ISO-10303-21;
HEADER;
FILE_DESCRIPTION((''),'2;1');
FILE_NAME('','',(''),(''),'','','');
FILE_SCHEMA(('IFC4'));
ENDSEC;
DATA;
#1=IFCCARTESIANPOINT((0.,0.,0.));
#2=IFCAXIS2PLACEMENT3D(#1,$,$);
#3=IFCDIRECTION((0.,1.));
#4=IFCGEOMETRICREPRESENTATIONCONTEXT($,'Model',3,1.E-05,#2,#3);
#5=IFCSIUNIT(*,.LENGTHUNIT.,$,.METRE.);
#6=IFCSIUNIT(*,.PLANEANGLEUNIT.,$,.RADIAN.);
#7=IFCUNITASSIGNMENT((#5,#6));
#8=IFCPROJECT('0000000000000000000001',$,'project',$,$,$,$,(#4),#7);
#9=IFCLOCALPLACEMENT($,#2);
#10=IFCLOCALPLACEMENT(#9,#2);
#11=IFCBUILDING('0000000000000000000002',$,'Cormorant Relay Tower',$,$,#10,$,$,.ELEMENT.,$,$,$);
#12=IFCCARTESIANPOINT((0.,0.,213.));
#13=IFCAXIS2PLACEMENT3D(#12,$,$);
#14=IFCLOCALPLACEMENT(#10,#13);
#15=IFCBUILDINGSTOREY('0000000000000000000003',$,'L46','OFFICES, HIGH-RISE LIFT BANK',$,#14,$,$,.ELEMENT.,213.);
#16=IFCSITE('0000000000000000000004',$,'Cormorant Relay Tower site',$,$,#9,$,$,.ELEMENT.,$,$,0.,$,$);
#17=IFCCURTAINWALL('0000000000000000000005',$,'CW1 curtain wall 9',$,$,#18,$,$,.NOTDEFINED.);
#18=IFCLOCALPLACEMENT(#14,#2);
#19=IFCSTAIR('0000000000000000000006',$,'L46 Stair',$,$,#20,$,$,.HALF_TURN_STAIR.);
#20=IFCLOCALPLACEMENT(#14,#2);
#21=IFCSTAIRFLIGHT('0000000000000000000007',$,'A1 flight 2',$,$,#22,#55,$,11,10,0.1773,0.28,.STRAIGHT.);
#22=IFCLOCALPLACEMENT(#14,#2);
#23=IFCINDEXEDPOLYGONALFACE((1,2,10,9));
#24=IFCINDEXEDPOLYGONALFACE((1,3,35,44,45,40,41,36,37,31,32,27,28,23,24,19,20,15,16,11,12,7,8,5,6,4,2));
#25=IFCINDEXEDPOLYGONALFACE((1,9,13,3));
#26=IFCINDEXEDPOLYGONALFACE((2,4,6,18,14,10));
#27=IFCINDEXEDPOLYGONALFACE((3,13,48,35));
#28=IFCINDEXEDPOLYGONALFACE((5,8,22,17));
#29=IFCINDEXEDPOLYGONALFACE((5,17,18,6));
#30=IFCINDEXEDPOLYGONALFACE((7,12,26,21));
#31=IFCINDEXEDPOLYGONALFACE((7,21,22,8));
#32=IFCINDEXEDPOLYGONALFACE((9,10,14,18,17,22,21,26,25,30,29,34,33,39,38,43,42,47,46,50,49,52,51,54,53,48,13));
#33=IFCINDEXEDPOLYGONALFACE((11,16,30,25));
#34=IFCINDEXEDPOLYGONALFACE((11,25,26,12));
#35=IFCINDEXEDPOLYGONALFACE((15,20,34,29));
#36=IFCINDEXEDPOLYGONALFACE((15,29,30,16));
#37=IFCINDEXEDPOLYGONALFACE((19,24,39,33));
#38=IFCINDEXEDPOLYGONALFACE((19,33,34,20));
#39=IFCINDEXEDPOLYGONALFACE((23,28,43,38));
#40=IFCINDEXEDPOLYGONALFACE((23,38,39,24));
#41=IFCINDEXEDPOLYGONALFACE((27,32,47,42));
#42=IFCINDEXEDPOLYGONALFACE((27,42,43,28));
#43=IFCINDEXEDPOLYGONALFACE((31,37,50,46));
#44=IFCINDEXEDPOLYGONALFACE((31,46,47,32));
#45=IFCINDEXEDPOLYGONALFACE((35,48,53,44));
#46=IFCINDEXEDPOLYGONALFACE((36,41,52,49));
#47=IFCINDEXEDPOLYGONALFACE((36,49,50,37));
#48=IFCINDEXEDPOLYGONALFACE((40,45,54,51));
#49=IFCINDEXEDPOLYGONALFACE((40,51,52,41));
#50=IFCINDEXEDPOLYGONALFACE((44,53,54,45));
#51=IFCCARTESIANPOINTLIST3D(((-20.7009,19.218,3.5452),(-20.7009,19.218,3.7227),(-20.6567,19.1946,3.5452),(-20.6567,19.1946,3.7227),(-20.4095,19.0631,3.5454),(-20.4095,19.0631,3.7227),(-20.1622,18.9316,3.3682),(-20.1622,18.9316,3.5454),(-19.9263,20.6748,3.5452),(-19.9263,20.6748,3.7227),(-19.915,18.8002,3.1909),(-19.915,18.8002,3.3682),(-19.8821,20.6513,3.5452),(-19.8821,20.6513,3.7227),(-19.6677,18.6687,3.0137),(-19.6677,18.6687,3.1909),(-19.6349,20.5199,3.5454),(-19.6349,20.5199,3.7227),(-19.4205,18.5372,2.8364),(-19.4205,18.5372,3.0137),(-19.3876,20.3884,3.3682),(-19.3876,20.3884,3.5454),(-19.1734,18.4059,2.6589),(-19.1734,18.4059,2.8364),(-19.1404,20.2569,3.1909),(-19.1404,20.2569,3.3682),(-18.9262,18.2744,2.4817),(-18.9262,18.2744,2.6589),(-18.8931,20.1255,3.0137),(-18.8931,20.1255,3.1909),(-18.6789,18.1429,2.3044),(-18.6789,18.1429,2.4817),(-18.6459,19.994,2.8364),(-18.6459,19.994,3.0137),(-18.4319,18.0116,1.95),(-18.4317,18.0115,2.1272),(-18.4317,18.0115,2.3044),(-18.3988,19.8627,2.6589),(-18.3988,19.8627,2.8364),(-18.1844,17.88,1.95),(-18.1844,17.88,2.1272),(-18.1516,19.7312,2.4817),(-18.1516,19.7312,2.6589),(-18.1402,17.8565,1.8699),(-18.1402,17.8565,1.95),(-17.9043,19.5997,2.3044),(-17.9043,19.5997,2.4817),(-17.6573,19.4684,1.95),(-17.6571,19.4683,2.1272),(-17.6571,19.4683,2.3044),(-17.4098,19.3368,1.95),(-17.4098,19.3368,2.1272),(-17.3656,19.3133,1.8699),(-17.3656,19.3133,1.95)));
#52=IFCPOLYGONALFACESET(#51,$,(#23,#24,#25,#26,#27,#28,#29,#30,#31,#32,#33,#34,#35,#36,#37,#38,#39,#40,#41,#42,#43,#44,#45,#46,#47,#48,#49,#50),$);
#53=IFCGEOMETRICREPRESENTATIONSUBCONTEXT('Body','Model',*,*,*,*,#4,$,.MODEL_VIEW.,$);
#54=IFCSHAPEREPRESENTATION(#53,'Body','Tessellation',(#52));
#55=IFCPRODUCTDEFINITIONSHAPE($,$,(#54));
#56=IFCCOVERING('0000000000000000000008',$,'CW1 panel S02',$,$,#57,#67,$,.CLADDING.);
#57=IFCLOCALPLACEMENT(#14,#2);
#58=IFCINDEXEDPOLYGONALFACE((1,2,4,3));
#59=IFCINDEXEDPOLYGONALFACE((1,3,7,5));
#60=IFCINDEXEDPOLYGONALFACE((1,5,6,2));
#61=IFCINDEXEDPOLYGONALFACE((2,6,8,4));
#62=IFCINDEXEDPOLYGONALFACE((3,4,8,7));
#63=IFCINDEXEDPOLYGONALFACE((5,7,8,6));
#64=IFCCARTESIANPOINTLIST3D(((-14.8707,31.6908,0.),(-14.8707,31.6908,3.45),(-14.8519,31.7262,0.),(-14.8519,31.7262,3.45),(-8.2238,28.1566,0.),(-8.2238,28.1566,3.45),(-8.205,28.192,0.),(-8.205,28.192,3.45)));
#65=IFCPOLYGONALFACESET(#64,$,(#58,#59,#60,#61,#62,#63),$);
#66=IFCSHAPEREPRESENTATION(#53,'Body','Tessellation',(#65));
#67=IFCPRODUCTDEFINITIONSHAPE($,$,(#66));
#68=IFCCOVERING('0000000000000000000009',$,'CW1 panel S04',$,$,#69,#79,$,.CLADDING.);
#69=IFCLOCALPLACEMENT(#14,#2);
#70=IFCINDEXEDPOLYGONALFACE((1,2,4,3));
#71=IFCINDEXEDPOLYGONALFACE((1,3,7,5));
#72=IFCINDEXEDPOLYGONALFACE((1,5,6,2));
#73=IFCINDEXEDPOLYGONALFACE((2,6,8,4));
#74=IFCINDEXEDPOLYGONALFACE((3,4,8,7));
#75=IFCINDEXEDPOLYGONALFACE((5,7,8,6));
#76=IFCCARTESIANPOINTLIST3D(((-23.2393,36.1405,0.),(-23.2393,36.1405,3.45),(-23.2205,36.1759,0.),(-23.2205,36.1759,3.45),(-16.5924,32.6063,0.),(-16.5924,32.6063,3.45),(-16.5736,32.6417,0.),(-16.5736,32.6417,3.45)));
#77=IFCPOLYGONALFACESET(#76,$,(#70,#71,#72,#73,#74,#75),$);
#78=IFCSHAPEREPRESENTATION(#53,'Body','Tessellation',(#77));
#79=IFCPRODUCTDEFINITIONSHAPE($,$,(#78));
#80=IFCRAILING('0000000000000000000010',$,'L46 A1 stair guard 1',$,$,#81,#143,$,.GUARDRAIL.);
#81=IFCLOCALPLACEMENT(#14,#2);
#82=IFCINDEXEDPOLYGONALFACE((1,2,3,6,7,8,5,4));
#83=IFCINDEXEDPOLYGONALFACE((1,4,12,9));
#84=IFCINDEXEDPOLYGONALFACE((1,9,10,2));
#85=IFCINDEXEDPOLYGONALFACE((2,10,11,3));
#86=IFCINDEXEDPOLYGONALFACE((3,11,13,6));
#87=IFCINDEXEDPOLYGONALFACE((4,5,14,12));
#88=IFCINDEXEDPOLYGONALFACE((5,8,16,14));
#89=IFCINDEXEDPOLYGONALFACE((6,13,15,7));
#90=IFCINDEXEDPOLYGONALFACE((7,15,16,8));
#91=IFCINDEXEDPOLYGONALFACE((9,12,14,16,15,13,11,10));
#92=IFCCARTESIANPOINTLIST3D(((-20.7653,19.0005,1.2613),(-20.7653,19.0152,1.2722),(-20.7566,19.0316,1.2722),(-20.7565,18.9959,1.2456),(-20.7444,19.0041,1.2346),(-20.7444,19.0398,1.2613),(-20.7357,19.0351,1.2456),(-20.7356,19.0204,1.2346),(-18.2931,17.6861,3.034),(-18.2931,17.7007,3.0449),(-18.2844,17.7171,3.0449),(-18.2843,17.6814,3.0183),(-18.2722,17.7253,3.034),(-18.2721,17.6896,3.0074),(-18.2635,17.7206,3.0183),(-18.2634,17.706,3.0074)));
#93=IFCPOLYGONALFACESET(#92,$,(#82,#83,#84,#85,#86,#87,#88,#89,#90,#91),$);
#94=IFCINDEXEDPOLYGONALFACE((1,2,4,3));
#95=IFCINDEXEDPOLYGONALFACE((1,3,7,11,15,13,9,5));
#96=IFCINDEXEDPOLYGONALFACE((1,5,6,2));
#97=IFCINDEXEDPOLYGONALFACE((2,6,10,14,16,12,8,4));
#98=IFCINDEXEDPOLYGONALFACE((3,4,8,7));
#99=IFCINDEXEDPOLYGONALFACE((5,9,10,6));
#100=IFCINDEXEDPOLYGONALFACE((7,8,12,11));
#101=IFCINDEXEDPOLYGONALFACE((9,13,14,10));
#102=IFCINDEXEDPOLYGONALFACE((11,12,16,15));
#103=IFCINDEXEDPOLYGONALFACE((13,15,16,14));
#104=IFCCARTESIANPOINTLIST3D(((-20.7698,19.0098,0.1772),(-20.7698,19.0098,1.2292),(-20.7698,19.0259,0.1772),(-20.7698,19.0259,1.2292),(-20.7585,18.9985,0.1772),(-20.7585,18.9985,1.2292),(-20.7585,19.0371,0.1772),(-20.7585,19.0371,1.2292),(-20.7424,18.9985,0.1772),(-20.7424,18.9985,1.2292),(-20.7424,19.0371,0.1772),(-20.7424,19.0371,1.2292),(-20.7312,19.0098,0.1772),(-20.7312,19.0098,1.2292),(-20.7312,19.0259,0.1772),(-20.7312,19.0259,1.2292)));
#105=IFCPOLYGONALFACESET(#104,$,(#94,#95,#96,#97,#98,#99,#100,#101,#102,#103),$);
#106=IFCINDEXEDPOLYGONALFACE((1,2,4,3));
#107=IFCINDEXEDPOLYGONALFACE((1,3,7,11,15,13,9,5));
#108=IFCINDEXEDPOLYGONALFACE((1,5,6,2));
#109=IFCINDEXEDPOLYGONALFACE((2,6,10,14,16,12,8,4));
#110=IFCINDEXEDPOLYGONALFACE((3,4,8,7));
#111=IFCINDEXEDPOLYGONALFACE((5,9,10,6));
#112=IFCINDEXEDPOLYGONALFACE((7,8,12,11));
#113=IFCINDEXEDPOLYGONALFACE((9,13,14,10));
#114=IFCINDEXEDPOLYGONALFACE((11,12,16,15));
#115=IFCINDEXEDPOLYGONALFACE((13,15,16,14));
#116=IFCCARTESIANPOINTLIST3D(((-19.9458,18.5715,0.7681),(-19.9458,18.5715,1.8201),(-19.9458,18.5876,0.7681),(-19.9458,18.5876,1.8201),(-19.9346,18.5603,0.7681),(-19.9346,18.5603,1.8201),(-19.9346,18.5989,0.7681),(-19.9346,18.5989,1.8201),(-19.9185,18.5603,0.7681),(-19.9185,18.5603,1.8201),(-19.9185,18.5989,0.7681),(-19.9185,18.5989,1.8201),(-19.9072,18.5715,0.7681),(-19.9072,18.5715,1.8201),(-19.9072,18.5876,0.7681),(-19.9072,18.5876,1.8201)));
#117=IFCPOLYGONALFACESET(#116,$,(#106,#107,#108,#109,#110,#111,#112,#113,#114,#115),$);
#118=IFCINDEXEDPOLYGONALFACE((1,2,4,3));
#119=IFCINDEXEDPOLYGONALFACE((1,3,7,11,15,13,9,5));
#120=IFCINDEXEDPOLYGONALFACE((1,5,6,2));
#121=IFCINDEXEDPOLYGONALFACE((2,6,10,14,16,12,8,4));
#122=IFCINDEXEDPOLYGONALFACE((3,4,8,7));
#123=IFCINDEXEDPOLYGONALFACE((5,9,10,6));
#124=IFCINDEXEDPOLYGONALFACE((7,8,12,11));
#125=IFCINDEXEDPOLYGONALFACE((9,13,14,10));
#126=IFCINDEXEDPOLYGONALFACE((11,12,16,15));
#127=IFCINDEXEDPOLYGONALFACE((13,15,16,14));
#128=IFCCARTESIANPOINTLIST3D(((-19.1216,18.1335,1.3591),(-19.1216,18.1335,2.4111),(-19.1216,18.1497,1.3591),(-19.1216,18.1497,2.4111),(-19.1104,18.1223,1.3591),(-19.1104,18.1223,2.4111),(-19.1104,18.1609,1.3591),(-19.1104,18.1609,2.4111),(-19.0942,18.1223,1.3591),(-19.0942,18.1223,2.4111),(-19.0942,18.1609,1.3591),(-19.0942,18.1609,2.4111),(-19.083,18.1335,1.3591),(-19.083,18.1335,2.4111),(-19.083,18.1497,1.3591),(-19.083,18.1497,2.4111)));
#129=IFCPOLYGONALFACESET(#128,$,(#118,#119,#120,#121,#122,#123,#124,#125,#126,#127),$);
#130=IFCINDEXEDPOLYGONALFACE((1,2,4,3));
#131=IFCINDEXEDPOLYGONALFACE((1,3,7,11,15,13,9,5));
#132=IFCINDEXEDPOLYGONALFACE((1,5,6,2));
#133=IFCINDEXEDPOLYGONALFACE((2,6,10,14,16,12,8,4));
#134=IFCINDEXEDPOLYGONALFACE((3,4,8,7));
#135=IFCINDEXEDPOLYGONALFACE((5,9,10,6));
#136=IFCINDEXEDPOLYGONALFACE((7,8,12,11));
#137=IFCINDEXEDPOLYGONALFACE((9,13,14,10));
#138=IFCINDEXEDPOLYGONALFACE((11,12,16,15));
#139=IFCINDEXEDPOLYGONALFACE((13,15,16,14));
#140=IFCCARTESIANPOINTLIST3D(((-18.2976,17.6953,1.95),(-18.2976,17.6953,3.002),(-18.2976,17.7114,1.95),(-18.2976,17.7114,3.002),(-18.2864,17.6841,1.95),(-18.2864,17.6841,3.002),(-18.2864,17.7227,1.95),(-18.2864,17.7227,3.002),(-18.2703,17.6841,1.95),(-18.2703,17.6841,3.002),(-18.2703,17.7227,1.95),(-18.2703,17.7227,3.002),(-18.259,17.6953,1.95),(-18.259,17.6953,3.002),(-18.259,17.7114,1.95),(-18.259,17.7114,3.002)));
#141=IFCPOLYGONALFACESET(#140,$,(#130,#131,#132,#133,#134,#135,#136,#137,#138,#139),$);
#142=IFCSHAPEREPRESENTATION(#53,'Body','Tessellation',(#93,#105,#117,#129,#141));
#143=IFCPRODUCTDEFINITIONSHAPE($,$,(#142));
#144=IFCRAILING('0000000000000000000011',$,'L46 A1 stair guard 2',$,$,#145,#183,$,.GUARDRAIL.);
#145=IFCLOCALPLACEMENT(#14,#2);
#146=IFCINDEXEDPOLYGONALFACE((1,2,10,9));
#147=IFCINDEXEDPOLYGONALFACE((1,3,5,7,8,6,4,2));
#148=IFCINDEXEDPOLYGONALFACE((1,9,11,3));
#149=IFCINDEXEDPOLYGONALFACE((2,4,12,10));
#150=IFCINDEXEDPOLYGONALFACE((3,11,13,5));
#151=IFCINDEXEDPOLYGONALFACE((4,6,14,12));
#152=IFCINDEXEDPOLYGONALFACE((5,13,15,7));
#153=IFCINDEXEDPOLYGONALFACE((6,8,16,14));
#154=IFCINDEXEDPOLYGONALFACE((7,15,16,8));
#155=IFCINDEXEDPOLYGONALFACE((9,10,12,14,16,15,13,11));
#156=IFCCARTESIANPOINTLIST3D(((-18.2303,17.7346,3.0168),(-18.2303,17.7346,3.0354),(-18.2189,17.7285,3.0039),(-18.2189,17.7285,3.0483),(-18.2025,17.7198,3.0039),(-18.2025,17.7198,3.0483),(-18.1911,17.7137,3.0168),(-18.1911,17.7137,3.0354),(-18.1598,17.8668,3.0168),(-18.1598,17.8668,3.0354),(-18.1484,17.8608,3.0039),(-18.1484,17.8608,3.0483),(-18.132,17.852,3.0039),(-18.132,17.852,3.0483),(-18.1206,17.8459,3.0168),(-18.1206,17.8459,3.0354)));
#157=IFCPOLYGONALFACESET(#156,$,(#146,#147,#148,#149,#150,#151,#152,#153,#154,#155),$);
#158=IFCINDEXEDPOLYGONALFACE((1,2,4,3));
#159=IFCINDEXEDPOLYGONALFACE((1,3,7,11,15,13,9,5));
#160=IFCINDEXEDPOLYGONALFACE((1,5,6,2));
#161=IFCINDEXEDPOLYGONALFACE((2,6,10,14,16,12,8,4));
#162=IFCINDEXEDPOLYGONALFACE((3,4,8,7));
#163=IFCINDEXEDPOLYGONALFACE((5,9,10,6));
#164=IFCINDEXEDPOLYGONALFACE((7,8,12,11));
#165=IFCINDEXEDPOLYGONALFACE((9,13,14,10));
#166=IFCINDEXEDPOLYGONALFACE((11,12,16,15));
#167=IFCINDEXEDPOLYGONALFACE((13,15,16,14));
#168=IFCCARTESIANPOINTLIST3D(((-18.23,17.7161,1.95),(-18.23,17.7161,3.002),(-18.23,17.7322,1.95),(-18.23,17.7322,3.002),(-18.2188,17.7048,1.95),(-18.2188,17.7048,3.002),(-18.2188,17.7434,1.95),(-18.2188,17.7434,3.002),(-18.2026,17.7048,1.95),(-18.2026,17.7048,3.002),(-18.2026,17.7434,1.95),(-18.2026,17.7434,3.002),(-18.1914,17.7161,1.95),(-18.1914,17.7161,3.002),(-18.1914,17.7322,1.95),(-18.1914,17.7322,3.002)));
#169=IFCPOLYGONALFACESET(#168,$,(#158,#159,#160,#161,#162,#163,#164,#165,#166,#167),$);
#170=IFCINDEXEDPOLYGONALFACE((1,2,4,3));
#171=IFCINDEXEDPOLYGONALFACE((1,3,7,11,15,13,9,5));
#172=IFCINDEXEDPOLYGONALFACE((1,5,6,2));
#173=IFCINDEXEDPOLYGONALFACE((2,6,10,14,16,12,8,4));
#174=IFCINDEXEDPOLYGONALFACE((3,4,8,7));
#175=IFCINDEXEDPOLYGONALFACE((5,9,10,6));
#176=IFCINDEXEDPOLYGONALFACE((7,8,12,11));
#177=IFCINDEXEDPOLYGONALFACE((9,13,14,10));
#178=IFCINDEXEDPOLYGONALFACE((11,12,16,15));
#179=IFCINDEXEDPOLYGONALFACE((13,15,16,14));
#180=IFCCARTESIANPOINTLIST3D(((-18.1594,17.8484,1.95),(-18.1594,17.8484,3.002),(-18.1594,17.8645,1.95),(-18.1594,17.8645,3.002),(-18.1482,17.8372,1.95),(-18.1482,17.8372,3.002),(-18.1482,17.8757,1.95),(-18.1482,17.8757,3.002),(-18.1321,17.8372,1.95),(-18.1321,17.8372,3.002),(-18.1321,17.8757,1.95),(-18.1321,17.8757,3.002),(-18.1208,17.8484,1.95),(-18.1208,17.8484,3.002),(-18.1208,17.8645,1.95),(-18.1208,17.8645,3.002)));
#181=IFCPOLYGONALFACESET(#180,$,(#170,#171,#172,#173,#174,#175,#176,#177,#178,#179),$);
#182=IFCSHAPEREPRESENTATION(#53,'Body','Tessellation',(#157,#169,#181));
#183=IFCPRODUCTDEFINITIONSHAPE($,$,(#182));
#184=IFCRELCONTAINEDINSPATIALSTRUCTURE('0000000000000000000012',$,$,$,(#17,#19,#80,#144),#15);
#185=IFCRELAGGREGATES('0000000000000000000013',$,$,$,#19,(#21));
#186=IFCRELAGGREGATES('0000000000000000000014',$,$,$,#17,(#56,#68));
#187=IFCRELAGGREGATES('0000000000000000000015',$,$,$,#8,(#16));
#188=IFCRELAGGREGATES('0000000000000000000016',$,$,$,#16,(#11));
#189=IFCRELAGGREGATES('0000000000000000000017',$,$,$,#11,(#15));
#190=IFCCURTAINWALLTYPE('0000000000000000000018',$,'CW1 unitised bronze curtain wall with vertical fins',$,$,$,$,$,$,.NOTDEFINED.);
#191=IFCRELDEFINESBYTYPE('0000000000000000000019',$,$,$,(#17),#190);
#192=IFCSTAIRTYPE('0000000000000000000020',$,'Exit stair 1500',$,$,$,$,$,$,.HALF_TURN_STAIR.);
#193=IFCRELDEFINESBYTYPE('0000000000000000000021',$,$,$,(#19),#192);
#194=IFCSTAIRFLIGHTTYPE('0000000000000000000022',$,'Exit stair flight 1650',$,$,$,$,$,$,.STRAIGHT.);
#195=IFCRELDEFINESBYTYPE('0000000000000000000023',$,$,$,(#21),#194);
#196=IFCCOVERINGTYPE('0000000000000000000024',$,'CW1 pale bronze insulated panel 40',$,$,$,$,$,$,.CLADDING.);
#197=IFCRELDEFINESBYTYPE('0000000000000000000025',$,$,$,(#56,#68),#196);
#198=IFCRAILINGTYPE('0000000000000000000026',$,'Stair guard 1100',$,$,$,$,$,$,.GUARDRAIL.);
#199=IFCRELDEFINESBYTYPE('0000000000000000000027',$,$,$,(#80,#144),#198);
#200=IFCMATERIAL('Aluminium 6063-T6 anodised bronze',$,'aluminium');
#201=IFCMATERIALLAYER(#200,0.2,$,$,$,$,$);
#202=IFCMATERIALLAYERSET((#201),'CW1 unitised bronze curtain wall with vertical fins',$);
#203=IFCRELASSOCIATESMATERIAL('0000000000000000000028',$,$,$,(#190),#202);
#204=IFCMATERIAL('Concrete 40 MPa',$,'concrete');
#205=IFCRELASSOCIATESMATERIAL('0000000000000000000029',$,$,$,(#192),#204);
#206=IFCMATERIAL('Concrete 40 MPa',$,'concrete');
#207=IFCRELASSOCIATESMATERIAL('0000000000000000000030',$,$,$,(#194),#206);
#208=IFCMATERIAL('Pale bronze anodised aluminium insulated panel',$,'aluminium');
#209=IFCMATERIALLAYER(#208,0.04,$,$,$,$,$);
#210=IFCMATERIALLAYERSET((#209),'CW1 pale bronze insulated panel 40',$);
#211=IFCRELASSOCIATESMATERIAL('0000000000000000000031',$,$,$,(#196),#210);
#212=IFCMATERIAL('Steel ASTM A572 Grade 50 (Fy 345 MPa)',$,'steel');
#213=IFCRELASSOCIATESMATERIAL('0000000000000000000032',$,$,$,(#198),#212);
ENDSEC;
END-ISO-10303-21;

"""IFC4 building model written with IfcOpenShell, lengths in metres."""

from ifc_helpers import new_model, si_unit, direction, frame, origin, origin_2d, place, context, subcontext, project, spatial, polyline, rectangle, outline, extrude, material, layer, layer_set, type_object, element, aggregate, save


model = new_model("IFC4")

# Units and contexts
model_context = context("Model", 3, precision=1e-05, world=origin(), true_north=direction((0.0, 1.0)))
body_context = subcontext(model_context, "Body", "Model", "MODEL_VIEW")
ifc_project = project(units=[si_unit("LENGTHUNIT", "METRE"), si_unit("PLANEANGLEUNIT", "RADIAN")], contexts=[model_context])

# Site, building, storey
site_placement = place(None, origin())
site = spatial("IfcSite", under=ifc_project, at=site_placement, Name="Cormorant Relay Tower site", CompositionType="ELEMENT", RefElevation=0.0)
building_placement = place(site_placement, origin())
building = spatial("IfcBuilding", under=site, at=building_placement, Name="Cormorant Relay Tower", CompositionType="ELEMENT")
storey_placement = place(building_placement, frame((0.0, 0.0, 213.0)))
storey = spatial("IfcBuildingStorey", under=building, at=storey_placement, Name="L46", Description="OFFICES, HIGH-RISE LIFT BANK", CompositionType="ELEMENT", Elevation=213.0)

# Curtain wall
ifc_material_1 = material(Name="Aluminium 6063-T6 anodised bronze", Category="aluminium")
ifc_layer_1 = layer(ifc_material_1, 0.2)
ifc_layer_set_1 = layer_set([ifc_layer_1], Name="CW1 unitised bronze curtain wall with vertical fins")
curtain_wall_type = type_object("IfcCurtainWallType", Name="CW1 unitised bronze curtain wall with vertical fins", PredefinedType="NOTDEFINED", material=ifc_layer_set_1)
curtain_wall_placement = place(storey_placement, origin())
curtain_wall = element("IfcCurtainWall", 1, at=curtain_wall_placement, inside=storey, type_object=curtain_wall_type, Name="CW1 curtain wall 9", PredefinedType="NOTDEFINED")

# Stair, stair flight
ifc_material_2 = material(Name="Concrete 40 MPa", Category="concrete")
stair_type = type_object("IfcStairType", Name="Exit stair 1500", PredefinedType="HALF_TURN_STAIR", material=ifc_material_2)
stair_placement = place(storey_placement, origin())
stair = element("IfcStair", 2, at=stair_placement, inside=storey, type_object=stair_type, Name="L46 Stair", PredefinedType="HALF_TURN_STAIR")
ifc_material_3 = material(Name="Concrete 40 MPa", Category="concrete")
stair_flight_type = type_object("IfcStairFlightType", Name="Exit stair flight 1650", PredefinedType="STRAIGHT", material=ifc_material_3)
stair_flight_1_placement = place(storey_placement, frame((-17.7971, 18.6084, 1.95), z_axis=(0.0, 0.0, 1.0), x_axis=(-0.882948, 0.469472, 0.0)))
stair_flight_1 = element("IfcStairFlight", 3, at=stair_flight_1_placement, type_object=stair_flight_type, Name="A1 flight 2", NumberOfRisers=11, NumberOfTreads=10, PredefinedType="STRAIGHT", RiserHeight=0.1773, TreadLength=0.28, context=body_context, shape_type="SweptSolid", body=[
    extrude(outline(polyline([(-0.05, -0.0801), (-0.05, 0.0), (0.0, 0.0), (0.0, 0.1772), (0.28, 0.1772), (0.28, 0.3545), (0.5601, 0.3545), (0.5601, 0.5317), (0.8401, 0.5317), (0.8401, 0.709), (1.1201, 0.709), (1.1201, 0.8865), (1.3999, 0.8865), (1.3999, 1.0637), (1.6799, 1.0637), (1.6799, 1.241), (1.96, 1.241), (1.96, 1.4182), (2.24, 1.4182), (2.24, 1.5955), (2.52, 1.5955), (2.52, 1.7727), (2.8, 1.7727), (2.8501, 1.7727), (2.8501, 1.5952), (2.8, 1.5952), (0.2803, 0.0), (-0.05, -0.0801)])), frame((0.0, 0.825, 0.0), z_axis=(0.0, -1.0, 0.0), x_axis=(1.0, 0.0, 0.0)), (0.0, 0.0, 1.0), 1.6499),
])
aggregate(stair, [stair_flight_1])

# Coverings
ifc_material_4 = material(Name="Pale bronze anodised aluminium insulated panel", Category="aluminium")
ifc_layer_2 = layer(ifc_material_4, 0.04)
ifc_layer_set_2 = layer_set([ifc_layer_2], Name="CW1 pale bronze insulated panel 40")
covering_type = type_object("IfcCoveringType", Name="CW1 pale bronze insulated panel 40", PredefinedType="CLADDING", material=ifc_layer_set_2)
covering_1_placement = place(storey_placement, frame((-11.5378, 29.9414, 0.0), z_axis=(0.0, 0.0, 1.0), x_axis=(-0.882948, 0.469472, 0.0)))
covering_1 = element("IfcCovering", 4, at=covering_1_placement, type_object=covering_type, Name="CW1 panel S02", PredefinedType="CLADDING", context=body_context, shape_type="SweptSolid", body=[
    extrude(rectangle(XDim=7.5281, YDim=0.04, at=origin_2d()), origin(), (0.0, 0.0, 1.0), 3.45),
])
covering_2_placement = place(storey_placement, frame((-19.9065, 34.3911, 0.0), z_axis=(0.0, 0.0, 1.0), x_axis=(-0.882948, 0.469472, 0.0)))
covering_2 = element("IfcCovering", 5, at=covering_2_placement, type_object=covering_type, Name="CW1 panel S04", PredefinedType="CLADDING", context=body_context, shape_type="SweptSolid", body=[
    extrude(rectangle(XDim=7.5281, YDim=0.04, at=origin_2d()), origin(), (0.0, 0.0, 1.0), 3.45),
])
aggregate(curtain_wall, [covering_1, covering_2])

# Railings
ifc_material_5 = material(Name="Steel ASTM A572 Grade 50 (Fy 345 MPa)", Category="steel")
railing_type_1 = type_object("IfcRailingType", Name="Stair guard 1100", PredefinedType="GUARDRAIL", material=ifc_material_5)
railing_1_placement = place(storey_placement, frame((-20.7505, 19.0178, 0.1772)))
element("IfcRailing", 6, at=railing_1_placement, inside=storey, type_object=railing_type_1, Name="L46 A1 stair guard 1", PredefinedType="GUARDRAIL", context=body_context, shape_type="SweptSolid", body=[
    extrude(outline(polyline([(0.0222, 0.0093), (0.0093, 0.0222), (-0.0093, 0.0222), (-0.0222, 0.0093), (-0.0222, -0.0093), (-0.0093, -0.0222), (0.0093, -0.0222), (0.0222, -0.0093), (0.0222, 0.0093)])), frame((0.0, 0.0, 1.0762), z_axis=(0.746001, -0.396649, 0.534931), x_axis=(0.469465, 0.882951, 0.0)), (0.0, 0.0, 1.0), 3.314),
    extrude(outline(polyline([(0.0193, 0.0081), (0.0081, 0.0193), (-0.0081, 0.0193), (-0.0193, 0.0081), (-0.0193, -0.0081), (-0.0081, -0.0193), (0.0081, -0.0193), (0.0193, -0.0081), (0.0193, 0.0081)])), origin(), (0.0, 0.0, 1.0), 1.052),
    extrude(outline(polyline([(0.0193, 0.0081), (0.0081, 0.0193), (-0.0081, 0.0193), (-0.0193, 0.0081), (-0.0193, -0.0081), (-0.0081, -0.0193), (0.0081, -0.0193), (0.0193, -0.0081), (0.0193, 0.0081)])), frame((0.824, -0.4382, 0.5908)), (0.0, 0.0, 1.0), 1.052),
    extrude(outline(polyline([(0.0193, 0.0081), (0.0081, 0.0193), (-0.0081, 0.0193), (-0.0193, 0.0081), (-0.0193, -0.0081), (-0.0081, -0.0193), (0.0081, -0.0193), (0.0193, -0.0081), (0.0193, 0.0081)])), frame((1.6482, -0.8762, 1.1819)), (0.0, 0.0, 1.0), 1.052),
    extrude(outline(polyline([(0.0193, 0.0081), (0.0081, 0.0193), (-0.0081, 0.0193), (-0.0193, 0.0081), (-0.0193, -0.0081), (-0.0081, -0.0193), (0.0081, -0.0193), (0.0193, -0.0081), (0.0193, 0.0081)])), frame((2.4722, -1.3145, 1.7727)), (0.0, 0.0, 1.0), 1.052),
])
railing_2_placement = place(storey_placement, frame((-18.2107, 17.7241, 1.95)))
element("IfcRailing", 7, at=railing_2_placement, inside=storey, type_object=railing_type_1, Name="L46 A1 stair guard 2", PredefinedType="GUARDRAIL", context=body_context, shape_type="SweptSolid", body=[
    extrude(outline(polyline([(0.0222, 0.0093), (0.0093, 0.0222), (-0.0093, 0.0222), (-0.0222, 0.0093), (-0.0222, -0.0093), (-0.0093, -0.0222), (0.0093, -0.0222), (0.0222, -0.0093), (0.0222, 0.0093)])), frame((0.0, 0.0, 1.0762), z_axis=(0.470504, 0.882398, 0.0), x_axis=(-0.882398, 0.470504, 0.0)), (0.0, 0.0, 1.0), 0.1499),
    extrude(outline(polyline([(0.0193, 0.0081), (0.0081, 0.0193), (-0.0081, 0.0193), (-0.0193, 0.0081), (-0.0193, -0.0081), (-0.0081, -0.0193), (0.0081, -0.0193), (0.0193, -0.0081), (0.0193, 0.0081)])), origin(), (0.0, 0.0, 1.0), 1.052),
    extrude(outline(polyline([(0.0193, 0.0081), (0.0081, 0.0193), (-0.0081, 0.0193), (-0.0193, 0.0081), (-0.0193, -0.0081), (-0.0081, -0.0193), (0.0081, -0.0193), (0.0193, -0.0081), (0.0193, 0.0081)])), frame((0.0706, 0.1323, 0.0)), (0.0, 0.0, 1.0), 1.052),
])

save(model, "model.ifc")
